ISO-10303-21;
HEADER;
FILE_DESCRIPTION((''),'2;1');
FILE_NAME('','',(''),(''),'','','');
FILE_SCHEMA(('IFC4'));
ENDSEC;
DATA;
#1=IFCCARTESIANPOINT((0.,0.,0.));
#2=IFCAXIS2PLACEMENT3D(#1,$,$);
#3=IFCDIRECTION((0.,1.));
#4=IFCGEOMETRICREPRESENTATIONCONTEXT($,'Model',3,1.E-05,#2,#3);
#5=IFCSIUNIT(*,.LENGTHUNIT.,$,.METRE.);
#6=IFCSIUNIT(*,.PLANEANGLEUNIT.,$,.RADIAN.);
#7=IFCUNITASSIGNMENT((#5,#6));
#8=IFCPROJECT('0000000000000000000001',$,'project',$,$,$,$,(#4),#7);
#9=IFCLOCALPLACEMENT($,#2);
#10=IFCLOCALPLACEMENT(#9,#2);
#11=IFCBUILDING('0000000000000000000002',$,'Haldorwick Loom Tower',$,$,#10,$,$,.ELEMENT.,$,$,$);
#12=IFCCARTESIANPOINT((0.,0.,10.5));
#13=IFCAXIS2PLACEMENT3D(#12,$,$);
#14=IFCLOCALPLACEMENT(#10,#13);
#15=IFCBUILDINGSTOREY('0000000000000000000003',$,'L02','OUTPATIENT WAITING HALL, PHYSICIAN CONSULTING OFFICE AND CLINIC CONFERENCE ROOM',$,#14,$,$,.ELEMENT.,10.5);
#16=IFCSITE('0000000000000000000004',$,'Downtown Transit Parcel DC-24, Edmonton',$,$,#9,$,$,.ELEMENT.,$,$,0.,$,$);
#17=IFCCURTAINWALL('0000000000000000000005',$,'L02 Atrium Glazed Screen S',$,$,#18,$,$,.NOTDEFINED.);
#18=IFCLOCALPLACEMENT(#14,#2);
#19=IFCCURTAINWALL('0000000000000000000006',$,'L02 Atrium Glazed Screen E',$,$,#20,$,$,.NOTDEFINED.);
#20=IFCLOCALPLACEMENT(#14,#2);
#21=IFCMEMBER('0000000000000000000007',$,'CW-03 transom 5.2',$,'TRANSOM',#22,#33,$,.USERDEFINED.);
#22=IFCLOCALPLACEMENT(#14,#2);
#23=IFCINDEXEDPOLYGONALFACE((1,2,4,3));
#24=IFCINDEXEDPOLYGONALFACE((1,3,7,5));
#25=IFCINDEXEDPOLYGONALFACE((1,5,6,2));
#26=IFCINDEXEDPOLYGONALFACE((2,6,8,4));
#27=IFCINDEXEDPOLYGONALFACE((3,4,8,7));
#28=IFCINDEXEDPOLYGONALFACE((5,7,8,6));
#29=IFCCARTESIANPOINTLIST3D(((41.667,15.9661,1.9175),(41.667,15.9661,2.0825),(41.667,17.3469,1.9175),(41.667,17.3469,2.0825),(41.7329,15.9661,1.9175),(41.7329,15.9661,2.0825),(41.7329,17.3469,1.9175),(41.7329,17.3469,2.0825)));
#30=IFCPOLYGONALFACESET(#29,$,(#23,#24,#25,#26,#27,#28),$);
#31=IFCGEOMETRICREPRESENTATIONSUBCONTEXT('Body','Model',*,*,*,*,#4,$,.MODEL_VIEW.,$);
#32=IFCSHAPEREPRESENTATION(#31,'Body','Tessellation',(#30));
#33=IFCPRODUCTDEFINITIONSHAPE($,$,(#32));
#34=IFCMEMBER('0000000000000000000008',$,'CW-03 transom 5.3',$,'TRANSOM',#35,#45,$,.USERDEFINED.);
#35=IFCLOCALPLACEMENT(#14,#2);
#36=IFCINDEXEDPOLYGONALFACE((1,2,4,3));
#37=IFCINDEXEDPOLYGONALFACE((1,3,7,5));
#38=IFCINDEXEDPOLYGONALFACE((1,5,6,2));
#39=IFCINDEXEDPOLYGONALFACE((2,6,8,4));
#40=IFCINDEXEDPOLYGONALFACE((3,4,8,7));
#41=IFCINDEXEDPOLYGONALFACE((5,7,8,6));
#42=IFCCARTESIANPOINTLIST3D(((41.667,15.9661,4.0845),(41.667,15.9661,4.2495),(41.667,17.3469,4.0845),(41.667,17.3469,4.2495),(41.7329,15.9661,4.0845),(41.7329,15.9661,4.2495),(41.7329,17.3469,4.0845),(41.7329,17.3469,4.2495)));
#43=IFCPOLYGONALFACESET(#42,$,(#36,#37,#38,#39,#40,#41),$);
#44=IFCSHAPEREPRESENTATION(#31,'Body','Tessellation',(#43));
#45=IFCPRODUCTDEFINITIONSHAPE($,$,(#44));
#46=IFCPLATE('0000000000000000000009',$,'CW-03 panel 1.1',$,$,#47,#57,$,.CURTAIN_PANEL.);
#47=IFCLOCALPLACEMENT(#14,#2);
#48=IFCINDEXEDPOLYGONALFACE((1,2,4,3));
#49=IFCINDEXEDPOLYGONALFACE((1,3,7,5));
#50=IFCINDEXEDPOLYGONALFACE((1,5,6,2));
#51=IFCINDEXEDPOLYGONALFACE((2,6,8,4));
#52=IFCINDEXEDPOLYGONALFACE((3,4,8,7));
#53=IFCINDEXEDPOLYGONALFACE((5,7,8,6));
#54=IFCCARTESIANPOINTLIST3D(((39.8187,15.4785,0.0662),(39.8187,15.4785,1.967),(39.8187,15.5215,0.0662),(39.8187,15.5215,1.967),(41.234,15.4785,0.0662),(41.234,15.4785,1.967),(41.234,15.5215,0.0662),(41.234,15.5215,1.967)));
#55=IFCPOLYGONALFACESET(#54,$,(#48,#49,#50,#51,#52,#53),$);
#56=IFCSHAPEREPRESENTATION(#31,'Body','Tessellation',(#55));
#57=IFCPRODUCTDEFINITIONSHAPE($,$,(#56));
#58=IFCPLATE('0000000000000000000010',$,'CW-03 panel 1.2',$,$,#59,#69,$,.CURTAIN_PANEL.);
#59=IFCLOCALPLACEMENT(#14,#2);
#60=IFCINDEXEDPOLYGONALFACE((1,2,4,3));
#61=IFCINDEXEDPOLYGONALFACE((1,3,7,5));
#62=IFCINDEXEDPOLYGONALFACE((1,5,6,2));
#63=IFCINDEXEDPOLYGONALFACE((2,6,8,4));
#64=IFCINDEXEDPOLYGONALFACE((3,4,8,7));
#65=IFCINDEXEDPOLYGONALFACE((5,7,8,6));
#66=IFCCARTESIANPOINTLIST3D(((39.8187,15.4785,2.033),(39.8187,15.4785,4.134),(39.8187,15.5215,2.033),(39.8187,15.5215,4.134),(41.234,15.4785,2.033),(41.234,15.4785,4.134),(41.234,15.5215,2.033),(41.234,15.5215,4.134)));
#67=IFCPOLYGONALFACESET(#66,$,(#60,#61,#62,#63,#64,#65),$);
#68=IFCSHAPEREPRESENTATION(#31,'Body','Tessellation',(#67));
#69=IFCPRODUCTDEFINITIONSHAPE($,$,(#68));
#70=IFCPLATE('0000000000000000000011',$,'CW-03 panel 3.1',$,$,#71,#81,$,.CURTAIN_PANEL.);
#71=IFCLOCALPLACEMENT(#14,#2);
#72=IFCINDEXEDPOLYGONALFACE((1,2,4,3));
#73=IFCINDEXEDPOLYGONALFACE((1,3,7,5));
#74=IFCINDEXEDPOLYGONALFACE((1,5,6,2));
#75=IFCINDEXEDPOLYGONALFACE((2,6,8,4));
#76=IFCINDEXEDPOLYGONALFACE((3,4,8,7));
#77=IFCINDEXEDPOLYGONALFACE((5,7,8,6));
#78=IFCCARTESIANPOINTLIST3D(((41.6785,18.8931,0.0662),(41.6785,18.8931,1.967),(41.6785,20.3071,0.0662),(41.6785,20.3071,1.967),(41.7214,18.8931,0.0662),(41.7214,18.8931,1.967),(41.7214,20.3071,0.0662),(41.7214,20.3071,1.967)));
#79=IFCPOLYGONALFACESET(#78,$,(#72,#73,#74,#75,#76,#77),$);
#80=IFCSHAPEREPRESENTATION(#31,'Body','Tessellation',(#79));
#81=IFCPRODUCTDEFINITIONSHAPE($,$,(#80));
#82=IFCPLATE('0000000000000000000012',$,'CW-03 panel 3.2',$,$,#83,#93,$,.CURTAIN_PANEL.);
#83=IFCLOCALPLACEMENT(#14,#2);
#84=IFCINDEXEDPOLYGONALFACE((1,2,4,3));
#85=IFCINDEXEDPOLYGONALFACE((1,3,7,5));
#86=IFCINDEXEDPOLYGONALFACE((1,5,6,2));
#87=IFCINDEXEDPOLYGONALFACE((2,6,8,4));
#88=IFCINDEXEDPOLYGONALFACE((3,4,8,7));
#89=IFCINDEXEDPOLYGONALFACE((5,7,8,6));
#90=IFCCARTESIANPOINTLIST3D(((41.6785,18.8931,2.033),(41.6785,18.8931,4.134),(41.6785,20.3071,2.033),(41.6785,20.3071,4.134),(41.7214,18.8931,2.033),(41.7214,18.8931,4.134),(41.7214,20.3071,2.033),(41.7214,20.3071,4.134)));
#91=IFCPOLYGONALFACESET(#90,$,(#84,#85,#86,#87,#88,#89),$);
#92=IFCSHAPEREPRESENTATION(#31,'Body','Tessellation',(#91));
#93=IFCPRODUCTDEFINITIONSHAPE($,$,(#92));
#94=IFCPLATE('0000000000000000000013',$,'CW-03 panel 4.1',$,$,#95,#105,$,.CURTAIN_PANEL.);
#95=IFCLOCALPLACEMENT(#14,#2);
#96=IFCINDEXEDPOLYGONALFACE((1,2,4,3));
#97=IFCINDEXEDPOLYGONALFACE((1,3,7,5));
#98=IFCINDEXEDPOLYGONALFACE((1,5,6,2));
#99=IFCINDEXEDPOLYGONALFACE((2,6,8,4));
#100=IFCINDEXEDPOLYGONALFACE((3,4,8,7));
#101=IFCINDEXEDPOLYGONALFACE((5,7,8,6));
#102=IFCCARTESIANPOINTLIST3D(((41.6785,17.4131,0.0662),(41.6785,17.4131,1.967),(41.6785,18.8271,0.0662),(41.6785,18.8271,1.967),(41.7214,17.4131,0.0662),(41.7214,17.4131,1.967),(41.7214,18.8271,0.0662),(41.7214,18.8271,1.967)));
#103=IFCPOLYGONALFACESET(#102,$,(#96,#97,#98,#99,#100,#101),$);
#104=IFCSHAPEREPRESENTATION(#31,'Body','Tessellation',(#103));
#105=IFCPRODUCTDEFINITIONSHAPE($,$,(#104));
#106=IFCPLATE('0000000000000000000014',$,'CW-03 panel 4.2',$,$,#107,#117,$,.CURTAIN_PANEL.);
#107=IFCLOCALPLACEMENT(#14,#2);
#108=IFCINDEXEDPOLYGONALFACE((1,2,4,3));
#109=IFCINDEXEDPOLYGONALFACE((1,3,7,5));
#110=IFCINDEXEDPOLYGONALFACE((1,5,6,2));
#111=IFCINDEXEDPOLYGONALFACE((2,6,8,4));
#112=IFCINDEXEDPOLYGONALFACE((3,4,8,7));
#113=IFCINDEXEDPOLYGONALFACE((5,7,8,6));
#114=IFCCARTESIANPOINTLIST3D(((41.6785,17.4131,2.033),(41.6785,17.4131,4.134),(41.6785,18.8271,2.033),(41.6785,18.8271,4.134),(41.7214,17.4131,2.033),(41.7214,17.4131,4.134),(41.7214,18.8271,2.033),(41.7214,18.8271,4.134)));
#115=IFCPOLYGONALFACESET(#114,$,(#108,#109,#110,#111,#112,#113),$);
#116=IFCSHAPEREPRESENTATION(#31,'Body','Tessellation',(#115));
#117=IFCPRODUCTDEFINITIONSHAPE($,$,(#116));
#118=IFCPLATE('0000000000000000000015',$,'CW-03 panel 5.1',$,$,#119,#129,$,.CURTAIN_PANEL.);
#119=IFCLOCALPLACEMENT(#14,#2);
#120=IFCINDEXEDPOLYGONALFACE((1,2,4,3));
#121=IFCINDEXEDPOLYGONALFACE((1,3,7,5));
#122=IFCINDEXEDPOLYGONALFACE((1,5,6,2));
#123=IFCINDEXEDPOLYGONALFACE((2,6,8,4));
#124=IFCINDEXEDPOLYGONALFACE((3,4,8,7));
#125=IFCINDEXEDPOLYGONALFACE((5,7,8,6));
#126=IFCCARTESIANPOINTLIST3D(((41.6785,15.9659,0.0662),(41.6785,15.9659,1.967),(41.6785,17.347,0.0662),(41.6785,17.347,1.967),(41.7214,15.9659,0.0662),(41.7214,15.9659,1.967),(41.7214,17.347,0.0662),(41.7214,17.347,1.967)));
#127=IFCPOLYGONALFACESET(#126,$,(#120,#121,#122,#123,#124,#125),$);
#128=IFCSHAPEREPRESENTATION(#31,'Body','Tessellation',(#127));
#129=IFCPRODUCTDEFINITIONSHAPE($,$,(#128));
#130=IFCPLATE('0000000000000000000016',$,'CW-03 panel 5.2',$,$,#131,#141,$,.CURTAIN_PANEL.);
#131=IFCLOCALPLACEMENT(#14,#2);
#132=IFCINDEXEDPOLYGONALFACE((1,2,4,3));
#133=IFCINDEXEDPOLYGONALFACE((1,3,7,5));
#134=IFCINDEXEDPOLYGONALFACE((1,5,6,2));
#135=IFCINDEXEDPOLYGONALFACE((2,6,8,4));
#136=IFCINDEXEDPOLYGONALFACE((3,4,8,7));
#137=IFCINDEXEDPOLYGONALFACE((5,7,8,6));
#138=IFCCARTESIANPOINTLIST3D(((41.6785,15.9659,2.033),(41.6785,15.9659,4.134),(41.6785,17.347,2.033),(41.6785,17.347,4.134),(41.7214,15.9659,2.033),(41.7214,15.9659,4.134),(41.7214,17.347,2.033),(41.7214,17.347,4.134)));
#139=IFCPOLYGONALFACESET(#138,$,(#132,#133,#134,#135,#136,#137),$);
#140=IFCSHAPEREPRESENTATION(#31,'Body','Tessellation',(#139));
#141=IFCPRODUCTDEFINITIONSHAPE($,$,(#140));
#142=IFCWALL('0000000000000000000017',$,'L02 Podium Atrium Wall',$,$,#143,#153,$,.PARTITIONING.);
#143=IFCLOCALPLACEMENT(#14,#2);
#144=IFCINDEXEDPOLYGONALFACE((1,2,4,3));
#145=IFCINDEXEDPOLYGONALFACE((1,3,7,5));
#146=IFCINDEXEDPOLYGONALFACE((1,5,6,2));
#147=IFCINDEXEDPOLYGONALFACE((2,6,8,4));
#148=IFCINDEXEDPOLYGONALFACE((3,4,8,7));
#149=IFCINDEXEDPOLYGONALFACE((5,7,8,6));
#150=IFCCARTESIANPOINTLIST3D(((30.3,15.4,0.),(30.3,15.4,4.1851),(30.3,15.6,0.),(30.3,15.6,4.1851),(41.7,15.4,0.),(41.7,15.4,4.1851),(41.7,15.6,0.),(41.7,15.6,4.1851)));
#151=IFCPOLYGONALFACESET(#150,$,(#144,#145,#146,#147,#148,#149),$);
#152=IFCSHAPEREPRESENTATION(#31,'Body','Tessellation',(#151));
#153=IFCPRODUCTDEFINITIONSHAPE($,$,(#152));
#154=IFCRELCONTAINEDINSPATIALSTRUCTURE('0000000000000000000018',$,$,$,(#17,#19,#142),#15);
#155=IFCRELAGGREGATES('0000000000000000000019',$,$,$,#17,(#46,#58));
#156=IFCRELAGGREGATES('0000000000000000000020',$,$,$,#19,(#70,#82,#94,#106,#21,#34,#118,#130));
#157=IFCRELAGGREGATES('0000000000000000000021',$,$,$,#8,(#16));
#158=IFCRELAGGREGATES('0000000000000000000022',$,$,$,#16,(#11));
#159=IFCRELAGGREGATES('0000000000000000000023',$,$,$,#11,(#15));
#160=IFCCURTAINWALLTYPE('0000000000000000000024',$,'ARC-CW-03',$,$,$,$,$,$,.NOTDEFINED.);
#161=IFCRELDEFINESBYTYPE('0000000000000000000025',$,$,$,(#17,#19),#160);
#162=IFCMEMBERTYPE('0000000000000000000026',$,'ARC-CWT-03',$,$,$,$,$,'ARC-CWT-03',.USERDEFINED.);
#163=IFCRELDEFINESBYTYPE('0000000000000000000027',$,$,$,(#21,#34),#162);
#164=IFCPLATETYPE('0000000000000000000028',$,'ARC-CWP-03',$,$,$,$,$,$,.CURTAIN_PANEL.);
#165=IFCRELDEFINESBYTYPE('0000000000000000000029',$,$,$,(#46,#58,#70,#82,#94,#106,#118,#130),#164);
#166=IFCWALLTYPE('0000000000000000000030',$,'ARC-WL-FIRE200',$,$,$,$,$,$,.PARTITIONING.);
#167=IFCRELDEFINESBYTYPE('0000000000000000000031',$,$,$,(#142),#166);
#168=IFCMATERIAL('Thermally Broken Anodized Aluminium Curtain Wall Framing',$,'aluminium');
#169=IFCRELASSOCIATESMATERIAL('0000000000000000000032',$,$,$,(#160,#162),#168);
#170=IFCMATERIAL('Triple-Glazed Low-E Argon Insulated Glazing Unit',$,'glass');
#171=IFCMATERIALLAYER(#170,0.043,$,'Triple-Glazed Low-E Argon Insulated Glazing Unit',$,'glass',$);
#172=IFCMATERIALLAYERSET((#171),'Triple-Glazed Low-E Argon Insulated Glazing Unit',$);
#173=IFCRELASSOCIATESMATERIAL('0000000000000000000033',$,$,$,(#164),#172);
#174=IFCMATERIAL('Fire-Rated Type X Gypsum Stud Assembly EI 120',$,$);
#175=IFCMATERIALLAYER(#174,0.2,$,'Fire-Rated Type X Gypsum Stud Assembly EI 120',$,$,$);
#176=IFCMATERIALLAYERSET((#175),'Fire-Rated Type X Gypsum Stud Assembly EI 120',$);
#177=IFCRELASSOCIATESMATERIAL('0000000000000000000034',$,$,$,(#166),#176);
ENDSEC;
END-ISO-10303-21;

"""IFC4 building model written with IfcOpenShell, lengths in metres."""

from ifc_helpers import new_model, si_unit, direction, frame, frame_2d, origin, origin_2d, place, context, subcontext, project, spatial, rectangle, extrude, material, layer, layer_set, material_profile, profile_set, type_object, element, aggregate, save


model = new_model("IFC4")

# Units and contexts
model_context = context("Model", 3, precision=1e-05, world=origin(), true_north=direction((0.0, 1.0)))
body_context = subcontext(model_context, "Body", "Model", "MODEL_VIEW")
ifc_project = project(units=[si_unit("LENGTHUNIT", "METRE"), si_unit("PLANEANGLEUNIT", "RADIAN")], contexts=[model_context])

# Site, building, storey
site_placement = place(None, origin())
site = spatial("IfcSite", under=ifc_project, at=site_placement, Name="Downtown Transit Parcel DC-24, Edmonton", CompositionType="ELEMENT", RefElevation=0.0)
building_placement = place(site_placement, origin())
building = spatial("IfcBuilding", under=site, at=building_placement, Name="Haldorwick Loom Tower", CompositionType="ELEMENT")
storey_placement = place(building_placement, frame((0.0, 0.0, 10.5)))
storey = spatial("IfcBuildingStorey", under=building, at=storey_placement, Name="L02", Description="OUTPATIENT WAITING HALL, PHYSICIAN CONSULTING OFFICE AND CLINIC CONFERENCE ROOM", CompositionType="ELEMENT", Elevation=10.5)

# Curtain walls
ifc_material_1 = material(Name="Thermally Broken Anodized Aluminium Curtain Wall Framing", Category="aluminium")
curtain_wall_type = type_object("IfcCurtainWallType", Name="ARC-CW-03", PredefinedType="NOTDEFINED", material=ifc_material_1)
curtain_wall_1_placement = place(storey_placement, origin())
curtain_wall_1 = element("IfcCurtainWall", 1, at=curtain_wall_1_placement, inside=storey, type_object=curtain_wall_type, Name="L02 Atrium Glazed Screen S", PredefinedType="NOTDEFINED")
curtain_wall_2_placement = place(storey_placement, origin())
curtain_wall_2 = element("IfcCurtainWall", 2, at=curtain_wall_2_placement, inside=storey, type_object=curtain_wall_type, Name="L02 Atrium Glazed Screen E", PredefinedType="NOTDEFINED")

# Members
ifc_material_profile_1 = material_profile(ifc_material_1, rectangle(XDim=0.0659, YDim=0.165, at=origin_2d()), Name="ALU_TRN_66X165", Category="aluminium")
ifc_profile_set_1 = profile_set([ifc_material_profile_1], Name="Thermally Broken Anodized Aluminium Curtain Wall Framing")
member_type_1 = type_object("IfcMemberType", Name="ARC-CWT-03", ElementType="ARC-CWT-03", PredefinedType="USERDEFINED", material=ifc_profile_set_1)
member_1_placement = place(storey_placement, frame((41.7, 17.3469, 2.0), z_axis=(0.0, -1.0, 0.0), x_axis=(1.0, 0.0, 0.0)))
member_1 = element("IfcMember", 3, at=member_1_placement, type_object=member_type_1, Name="CW-03 transom 5.2", ObjectType="TRANSOM", PredefinedType="USERDEFINED", context=body_context, shape_type="SweptSolid", body=[
    extrude(rectangle(XDim=0.0659, YDim=0.165, at=origin_2d()), origin(), (0.0, 0.0, 1.0), 1.3809),
])
member_2_placement = place(storey_placement, frame((41.7, 17.3469, 4.167), z_axis=(0.0, -1.0, 0.0), x_axis=(1.0, 0.0, 0.0)))
member_2 = element("IfcMember", 4, at=member_2_placement, type_object=member_type_1, Name="CW-03 transom 5.3", ObjectType="TRANSOM", PredefinedType="USERDEFINED", context=body_context, shape_type="SweptSolid", body=[
    extrude(rectangle(XDim=0.0659, YDim=0.165, at=origin_2d()), origin(), (0.0, 0.0, 1.0), 1.3809),
])

# Plates
ifc_material_2 = material(Name="Triple-Glazed Low-E Argon Insulated Glazing Unit", Category="glass")
ifc_layer_1 = layer(ifc_material_2, 0.043, Name="Triple-Glazed Low-E Argon Insulated Glazing Unit", Category="glass")
ifc_layer_set_1 = layer_set([ifc_layer_1], Name="Triple-Glazed Low-E Argon Insulated Glazing Unit")
plate_type = type_object("IfcPlateType", Name="ARC-CWP-03", PredefinedType="CURTAIN_PANEL", material=ifc_layer_set_1)
plate_1_placement = place(storey_placement, frame((40.5264, 15.5, 0.0662), z_axis=(0.0, 0.0, 1.0), x_axis=(-1.0, 0.0, 0.0)))
plate_1 = element("IfcPlate", 5, at=plate_1_placement, type_object=plate_type, Name="CW-03 panel 1.1", PredefinedType="CURTAIN_PANEL", context=body_context, shape_type="SweptSolid", body=[
    extrude(rectangle(XDim=1.4153, YDim=0.043, at=origin_2d()), origin(), (0.0, 0.0, 1.0), 1.9009),
])
plate_2_placement = place(storey_placement, frame((40.5264, 15.5, 2.033), z_axis=(0.0, 0.0, 1.0), x_axis=(-1.0, 0.0, 0.0)))
plate_2 = element("IfcPlate", 6, at=plate_2_placement, type_object=plate_type, Name="CW-03 panel 1.2", PredefinedType="CURTAIN_PANEL", context=body_context, shape_type="SweptSolid", body=[
    extrude(rectangle(XDim=1.4153, YDim=0.043, at=origin_2d()), origin(), (0.0, 0.0, 1.0), 2.1011),
])
aggregate(curtain_wall_1, [plate_1, plate_2])
plate_3_placement = place(storey_placement, frame((41.7, 19.6001, 0.0662), z_axis=(0.0, 0.0, 1.0), x_axis=(0.0, -1.0, 0.0)))
plate_3 = element("IfcPlate", 7, at=plate_3_placement, type_object=plate_type, Name="CW-03 panel 3.1", PredefinedType="CURTAIN_PANEL", context=body_context, shape_type="SweptSolid", body=[
    extrude(rectangle(XDim=1.4141, YDim=0.043, at=origin_2d()), origin(), (0.0, 0.0, 1.0), 1.9009),
])
plate_4_placement = place(storey_placement, frame((41.7, 19.6001, 2.033), z_axis=(0.0, 0.0, 1.0), x_axis=(0.0, -1.0, 0.0)))
plate_4 = element("IfcPlate", 8, at=plate_4_placement, type_object=plate_type, Name="CW-03 panel 3.2", PredefinedType="CURTAIN_PANEL", context=body_context, shape_type="SweptSolid", body=[
    extrude(rectangle(XDim=1.4141, YDim=0.043, at=origin_2d()), origin(), (0.0, 0.0, 1.0), 2.1011),
])
plate_5_placement = place(storey_placement, frame((41.7, 18.1201, 0.0662), z_axis=(0.0, 0.0, 1.0), x_axis=(0.0, -1.0, 0.0)))
plate_5 = element("IfcPlate", 9, at=plate_5_placement, type_object=plate_type, Name="CW-03 panel 4.1", PredefinedType="CURTAIN_PANEL", context=body_context, shape_type="SweptSolid", body=[
    extrude(rectangle(XDim=1.4141, YDim=0.043, at=origin_2d()), origin(), (0.0, 0.0, 1.0), 1.9009),
])
plate_6_placement = place(storey_placement, frame((41.7, 18.1201, 2.033), z_axis=(0.0, 0.0, 1.0), x_axis=(0.0, -1.0, 0.0)))
plate_6 = element("IfcPlate", 10, at=plate_6_placement, type_object=plate_type, Name="CW-03 panel 4.2", PredefinedType="CURTAIN_PANEL", context=body_context, shape_type="SweptSolid", body=[
    extrude(rectangle(XDim=1.4141, YDim=0.043, at=origin_2d()), origin(), (0.0, 0.0, 1.0), 2.1011),
])
plate_7_placement = place(storey_placement, frame((41.7, 16.6565, 0.0662), z_axis=(0.0, 0.0, 1.0), x_axis=(0.0, -1.0, 0.0)))
plate_7 = element("IfcPlate", 11, at=plate_7_placement, type_object=plate_type, Name="CW-03 panel 5.1", PredefinedType="CURTAIN_PANEL", context=body_context, shape_type="SweptSolid", body=[
    extrude(rectangle(XDim=1.3811, YDim=0.043, at=origin_2d()), origin(), (0.0, 0.0, 1.0), 1.9009),
])
plate_8_placement = place(storey_placement, frame((41.7, 16.6565, 2.033), z_axis=(0.0, 0.0, 1.0), x_axis=(0.0, -1.0, 0.0)))
plate_8 = element("IfcPlate", 12, at=plate_8_placement, type_object=plate_type, Name="CW-03 panel 5.2", PredefinedType="CURTAIN_PANEL", context=body_context, shape_type="SweptSolid", body=[
    extrude(rectangle(XDim=1.3811, YDim=0.043, at=origin_2d()), origin(), (0.0, 0.0, 1.0), 2.1011),
])
aggregate(curtain_wall_2, [plate_3, plate_4, plate_5, plate_6, member_1, member_2, plate_7, plate_8])

# Wall
ifc_material_3 = material(Name="Fire-Rated Type X Gypsum Stud Assembly EI 120")
ifc_layer_2 = layer(ifc_material_3, 0.2, Name="Fire-Rated Type X Gypsum Stud Assembly EI 120")
ifc_layer_set_2 = layer_set([ifc_layer_2], Name="Fire-Rated Type X Gypsum Stud Assembly EI 120")
wall_type = type_object("IfcWallType", Name="ARC-WL-FIRE200", PredefinedType="PARTITIONING", material=ifc_layer_set_2)
wall_placement = place(storey_placement, frame((41.7, 15.5, 0.0), z_axis=(0.0, 0.0, 1.0), x_axis=(-1.0, 0.0, 0.0)))
element("IfcWall", 13, at=wall_placement, inside=storey, type_object=wall_type, Name="L02 Podium Atrium Wall", PredefinedType="PARTITIONING", context=body_context, shape_type="SweptSolid", body=[
    extrude(rectangle(XDim=11.3999, YDim=0.2, at=frame_2d((5.7, 0.0))), origin(), (0.0, 0.0, 1.0), 4.1851),
])

save(model, "model.ifc")
